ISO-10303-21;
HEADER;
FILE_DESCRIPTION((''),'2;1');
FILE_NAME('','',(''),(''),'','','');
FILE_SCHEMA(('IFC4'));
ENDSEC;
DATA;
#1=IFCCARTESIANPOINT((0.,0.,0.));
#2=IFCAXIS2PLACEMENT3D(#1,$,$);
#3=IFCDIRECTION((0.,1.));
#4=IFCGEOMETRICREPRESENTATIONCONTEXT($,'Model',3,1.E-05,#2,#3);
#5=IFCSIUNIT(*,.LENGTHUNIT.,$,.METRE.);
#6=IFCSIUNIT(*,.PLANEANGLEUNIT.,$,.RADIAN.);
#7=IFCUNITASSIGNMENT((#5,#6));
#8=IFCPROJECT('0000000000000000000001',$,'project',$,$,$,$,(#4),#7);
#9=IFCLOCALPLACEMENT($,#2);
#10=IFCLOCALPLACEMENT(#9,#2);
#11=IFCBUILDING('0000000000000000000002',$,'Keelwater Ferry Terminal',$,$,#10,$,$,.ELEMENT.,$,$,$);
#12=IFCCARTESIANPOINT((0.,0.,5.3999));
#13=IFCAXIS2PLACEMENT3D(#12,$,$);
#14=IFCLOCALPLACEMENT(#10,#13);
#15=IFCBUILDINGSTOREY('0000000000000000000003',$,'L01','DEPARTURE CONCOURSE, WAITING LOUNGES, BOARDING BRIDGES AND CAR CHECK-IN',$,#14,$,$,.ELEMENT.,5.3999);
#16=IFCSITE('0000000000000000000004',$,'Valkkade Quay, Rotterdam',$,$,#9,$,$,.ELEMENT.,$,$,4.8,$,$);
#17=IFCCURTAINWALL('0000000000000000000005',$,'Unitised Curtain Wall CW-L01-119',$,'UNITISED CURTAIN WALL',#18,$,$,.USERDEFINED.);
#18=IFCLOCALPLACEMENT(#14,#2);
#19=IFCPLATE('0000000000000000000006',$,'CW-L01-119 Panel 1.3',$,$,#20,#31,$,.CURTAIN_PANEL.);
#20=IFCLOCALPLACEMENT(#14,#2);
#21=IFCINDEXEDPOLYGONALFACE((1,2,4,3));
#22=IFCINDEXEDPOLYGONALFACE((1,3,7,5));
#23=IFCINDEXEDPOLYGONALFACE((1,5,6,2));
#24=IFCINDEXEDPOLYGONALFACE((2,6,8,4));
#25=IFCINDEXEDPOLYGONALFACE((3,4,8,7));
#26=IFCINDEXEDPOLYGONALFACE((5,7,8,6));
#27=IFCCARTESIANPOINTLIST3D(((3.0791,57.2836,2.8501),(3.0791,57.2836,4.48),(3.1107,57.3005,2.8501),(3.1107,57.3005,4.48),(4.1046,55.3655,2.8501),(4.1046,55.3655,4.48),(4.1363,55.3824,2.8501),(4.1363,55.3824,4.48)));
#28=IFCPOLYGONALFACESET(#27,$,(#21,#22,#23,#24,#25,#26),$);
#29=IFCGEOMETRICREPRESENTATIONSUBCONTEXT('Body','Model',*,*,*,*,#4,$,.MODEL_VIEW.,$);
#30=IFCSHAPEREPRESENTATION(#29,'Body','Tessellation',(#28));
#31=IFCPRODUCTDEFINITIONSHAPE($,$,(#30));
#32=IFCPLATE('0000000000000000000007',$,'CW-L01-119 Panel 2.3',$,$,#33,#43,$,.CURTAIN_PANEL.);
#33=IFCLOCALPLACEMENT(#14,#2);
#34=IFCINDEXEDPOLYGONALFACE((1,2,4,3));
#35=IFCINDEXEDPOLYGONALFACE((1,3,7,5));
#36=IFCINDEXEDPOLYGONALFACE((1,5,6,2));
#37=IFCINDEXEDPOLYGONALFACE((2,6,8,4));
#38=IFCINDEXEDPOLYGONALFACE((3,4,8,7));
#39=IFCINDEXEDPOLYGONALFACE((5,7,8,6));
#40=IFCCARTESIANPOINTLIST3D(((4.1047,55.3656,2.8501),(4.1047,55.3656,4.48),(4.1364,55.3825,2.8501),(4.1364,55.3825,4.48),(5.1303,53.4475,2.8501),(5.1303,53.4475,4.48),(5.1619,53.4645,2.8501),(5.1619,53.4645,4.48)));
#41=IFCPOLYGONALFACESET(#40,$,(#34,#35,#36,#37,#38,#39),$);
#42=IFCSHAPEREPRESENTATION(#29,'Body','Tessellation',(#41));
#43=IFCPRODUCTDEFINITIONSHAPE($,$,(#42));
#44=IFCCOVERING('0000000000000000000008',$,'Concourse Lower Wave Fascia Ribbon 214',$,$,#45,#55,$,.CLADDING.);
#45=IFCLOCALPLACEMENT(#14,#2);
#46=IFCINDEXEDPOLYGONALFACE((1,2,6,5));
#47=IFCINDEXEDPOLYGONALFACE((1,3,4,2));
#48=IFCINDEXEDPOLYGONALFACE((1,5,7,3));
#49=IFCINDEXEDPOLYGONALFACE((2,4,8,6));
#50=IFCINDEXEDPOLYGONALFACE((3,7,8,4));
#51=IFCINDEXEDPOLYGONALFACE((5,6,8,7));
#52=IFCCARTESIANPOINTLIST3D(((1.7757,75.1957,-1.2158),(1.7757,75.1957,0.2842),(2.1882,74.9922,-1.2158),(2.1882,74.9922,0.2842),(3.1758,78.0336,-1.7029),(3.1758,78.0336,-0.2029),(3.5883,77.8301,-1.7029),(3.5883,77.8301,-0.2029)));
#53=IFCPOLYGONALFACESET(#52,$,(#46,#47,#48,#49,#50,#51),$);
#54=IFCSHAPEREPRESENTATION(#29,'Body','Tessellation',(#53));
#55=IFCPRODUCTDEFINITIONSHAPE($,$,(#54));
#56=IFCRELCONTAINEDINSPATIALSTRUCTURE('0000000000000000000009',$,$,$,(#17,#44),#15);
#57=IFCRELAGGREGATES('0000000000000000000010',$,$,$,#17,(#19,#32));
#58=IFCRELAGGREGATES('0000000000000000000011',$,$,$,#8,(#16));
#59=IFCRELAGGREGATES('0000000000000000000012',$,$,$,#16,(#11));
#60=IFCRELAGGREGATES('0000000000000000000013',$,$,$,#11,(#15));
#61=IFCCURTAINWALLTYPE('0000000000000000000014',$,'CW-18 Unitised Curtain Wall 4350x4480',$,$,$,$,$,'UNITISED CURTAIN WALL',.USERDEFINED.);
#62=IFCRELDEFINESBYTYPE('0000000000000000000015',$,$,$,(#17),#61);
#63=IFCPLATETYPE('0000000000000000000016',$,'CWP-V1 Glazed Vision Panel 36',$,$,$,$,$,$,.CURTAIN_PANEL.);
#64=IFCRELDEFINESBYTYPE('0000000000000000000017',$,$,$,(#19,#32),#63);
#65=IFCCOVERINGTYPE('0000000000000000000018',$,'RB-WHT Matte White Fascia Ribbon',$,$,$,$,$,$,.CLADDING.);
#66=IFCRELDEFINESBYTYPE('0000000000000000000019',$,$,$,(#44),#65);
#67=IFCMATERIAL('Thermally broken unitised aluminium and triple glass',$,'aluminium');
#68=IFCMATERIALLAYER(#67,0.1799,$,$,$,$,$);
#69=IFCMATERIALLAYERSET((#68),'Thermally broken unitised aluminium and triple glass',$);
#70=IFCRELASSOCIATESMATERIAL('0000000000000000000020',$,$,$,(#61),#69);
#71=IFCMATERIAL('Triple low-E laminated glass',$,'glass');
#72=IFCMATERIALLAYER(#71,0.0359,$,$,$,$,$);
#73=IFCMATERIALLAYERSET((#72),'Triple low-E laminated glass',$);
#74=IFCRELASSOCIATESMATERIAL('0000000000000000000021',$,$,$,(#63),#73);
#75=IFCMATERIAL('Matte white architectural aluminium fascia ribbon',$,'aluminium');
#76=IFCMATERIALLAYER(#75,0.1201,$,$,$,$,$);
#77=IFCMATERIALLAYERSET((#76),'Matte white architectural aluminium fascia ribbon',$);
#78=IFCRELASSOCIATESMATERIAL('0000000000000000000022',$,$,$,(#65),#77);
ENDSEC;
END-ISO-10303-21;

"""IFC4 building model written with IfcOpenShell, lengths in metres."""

from ifc_helpers import new_model, si_unit, direction, frame, origin, origin_2d, place, context, subcontext, project, spatial, polyline, rectangle, outline, extrude, material, layer, layer_set, type_object, element, aggregate, save


model = new_model("IFC4")

# Units and contexts
model_context = context("Model", 3, precision=1e-05, world=origin(), true_north=direction((0.0, 1.0)))
body_context = subcontext(model_context, "Body", "Model", "MODEL_VIEW")
ifc_project = project(units=[si_unit("LENGTHUNIT", "METRE"), si_unit("PLANEANGLEUNIT", "RADIAN")], contexts=[model_context])

# Site, building, storey
site_placement = place(None, origin())
site = spatial("IfcSite", under=ifc_project, at=site_placement, Name="Valkkade Quay, Rotterdam", CompositionType="ELEMENT", RefElevation=4.8)
building_placement = place(site_placement, origin())
building = spatial("IfcBuilding", under=site, at=building_placement, Name="Keelwater Ferry Terminal", CompositionType="ELEMENT")
storey_placement = place(building_placement, frame((0.0, 0.0, 5.3999)))
storey = spatial("IfcBuildingStorey", under=building, at=storey_placement, Name="L01", Description="DEPARTURE CONCOURSE, WAITING LOUNGES, BOARDING BRIDGES AND CAR CHECK-IN", CompositionType="ELEMENT", Elevation=5.3999)

# Curtain wall
ifc_material_1 = material(Name="Thermally broken unitised aluminium and triple glass", Category="aluminium")
ifc_layer_1 = layer(ifc_material_1, 0.1799)
ifc_layer_set_1 = layer_set([ifc_layer_1], Name="Thermally broken unitised aluminium and triple glass")
curtain_wall_type = type_object("IfcCurtainWallType", Name="CW-18 Unitised Curtain Wall 4350x4480", ElementType="UNITISED CURTAIN WALL", PredefinedType="USERDEFINED", material=ifc_layer_set_1)
curtain_wall_1_placement = place(storey_placement, origin())
curtain_wall_1 = element("IfcCurtainWall", 1, at=curtain_wall_1_placement, inside=storey, type_object=curtain_wall_type, Name="Unitised Curtain Wall CW-L01-119", ObjectType="UNITISED CURTAIN WALL", PredefinedType="USERDEFINED")

# Plates
ifc_material_2 = material(Name="Triple low-E laminated glass", Category="glass")
ifc_layer_2 = layer(ifc_material_2, 0.0359)
ifc_layer_set_2 = layer_set([ifc_layer_2], Name="Triple low-E laminated glass")
plate_type_1 = type_object("IfcPlateType", Name="CWP-V1 Glazed Vision Panel 36", PredefinedType="CURTAIN_PANEL", material=ifc_layer_set_2)
plate_1_placement = place(storey_placement, frame((3.6077, 56.333, 2.8501), z_axis=(0.0, 0.0, 1.0), x_axis=(0.471507, -0.881862, 0.0)))
plate_1 = element("IfcPlate", 2, at=plate_1_placement, type_object=plate_type_1, Name="CW-L01-119 Panel 1.3", PredefinedType="CURTAIN_PANEL", context=body_context, shape_type="SweptSolid", body=[
    extrude(rectangle(XDim=2.175, YDim=0.0359, at=origin_2d()), origin(), (0.0, 0.0, 1.0), 1.6299),
])
plate_2_placement = place(storey_placement, frame((4.6333, 54.415, 2.8501), z_axis=(0.0, 0.0, 1.0), x_axis=(0.471507, -0.881862, 0.0)))
plate_2 = element("IfcPlate", 3, at=plate_2_placement, type_object=plate_type_1, Name="CW-L01-119 Panel 2.3", PredefinedType="CURTAIN_PANEL", context=body_context, shape_type="SweptSolid", body=[
    extrude(rectangle(XDim=2.175, YDim=0.0359, at=origin_2d()), origin(), (0.0, 0.0, 1.0), 1.6299),
])
aggregate(curtain_wall_1, [plate_1, plate_2])

# Covering
ifc_material_3 = material(Name="Matte white architectural aluminium fascia ribbon", Category="aluminium")
ifc_layer_3 = layer(ifc_material_3, 0.1201)
ifc_layer_set_3 = layer_set([ifc_layer_3], Name="Matte white architectural aluminium fascia ribbon")
covering_type = type_object("IfcCoveringType", Name="RB-WHT Matte White Fascia Ribbon", PredefinedType="CLADDING", material=ifc_layer_set_3)
covering_placement = place(storey_placement, frame((3.3821, 77.9319, -1.7029), z_axis=(0.0, 0.0, 1.0), x_axis=(-0.442455, -0.896791, 0.0)))
element("IfcCovering", 4, at=covering_placement, inside=storey, type_object=covering_type, Name="Concourse Lower Wave Fascia Ribbon 214", PredefinedType="CLADDING", context=body_context, shape_type="SweptSolid", body=[
    extrude(outline(polyline([(0.0, 0.0), (3.1646, 0.4871), (3.1646, 1.9871), (0.0, 1.5), (0.0, 0.0)])), frame((0.0, 0.23, 0.0), z_axis=(0.0, -1.0, 0.0), x_axis=(1.0, 0.0, 0.0)), (0.0, 0.0, 1.0), 0.46),
])

save(model, "model.ifc")
